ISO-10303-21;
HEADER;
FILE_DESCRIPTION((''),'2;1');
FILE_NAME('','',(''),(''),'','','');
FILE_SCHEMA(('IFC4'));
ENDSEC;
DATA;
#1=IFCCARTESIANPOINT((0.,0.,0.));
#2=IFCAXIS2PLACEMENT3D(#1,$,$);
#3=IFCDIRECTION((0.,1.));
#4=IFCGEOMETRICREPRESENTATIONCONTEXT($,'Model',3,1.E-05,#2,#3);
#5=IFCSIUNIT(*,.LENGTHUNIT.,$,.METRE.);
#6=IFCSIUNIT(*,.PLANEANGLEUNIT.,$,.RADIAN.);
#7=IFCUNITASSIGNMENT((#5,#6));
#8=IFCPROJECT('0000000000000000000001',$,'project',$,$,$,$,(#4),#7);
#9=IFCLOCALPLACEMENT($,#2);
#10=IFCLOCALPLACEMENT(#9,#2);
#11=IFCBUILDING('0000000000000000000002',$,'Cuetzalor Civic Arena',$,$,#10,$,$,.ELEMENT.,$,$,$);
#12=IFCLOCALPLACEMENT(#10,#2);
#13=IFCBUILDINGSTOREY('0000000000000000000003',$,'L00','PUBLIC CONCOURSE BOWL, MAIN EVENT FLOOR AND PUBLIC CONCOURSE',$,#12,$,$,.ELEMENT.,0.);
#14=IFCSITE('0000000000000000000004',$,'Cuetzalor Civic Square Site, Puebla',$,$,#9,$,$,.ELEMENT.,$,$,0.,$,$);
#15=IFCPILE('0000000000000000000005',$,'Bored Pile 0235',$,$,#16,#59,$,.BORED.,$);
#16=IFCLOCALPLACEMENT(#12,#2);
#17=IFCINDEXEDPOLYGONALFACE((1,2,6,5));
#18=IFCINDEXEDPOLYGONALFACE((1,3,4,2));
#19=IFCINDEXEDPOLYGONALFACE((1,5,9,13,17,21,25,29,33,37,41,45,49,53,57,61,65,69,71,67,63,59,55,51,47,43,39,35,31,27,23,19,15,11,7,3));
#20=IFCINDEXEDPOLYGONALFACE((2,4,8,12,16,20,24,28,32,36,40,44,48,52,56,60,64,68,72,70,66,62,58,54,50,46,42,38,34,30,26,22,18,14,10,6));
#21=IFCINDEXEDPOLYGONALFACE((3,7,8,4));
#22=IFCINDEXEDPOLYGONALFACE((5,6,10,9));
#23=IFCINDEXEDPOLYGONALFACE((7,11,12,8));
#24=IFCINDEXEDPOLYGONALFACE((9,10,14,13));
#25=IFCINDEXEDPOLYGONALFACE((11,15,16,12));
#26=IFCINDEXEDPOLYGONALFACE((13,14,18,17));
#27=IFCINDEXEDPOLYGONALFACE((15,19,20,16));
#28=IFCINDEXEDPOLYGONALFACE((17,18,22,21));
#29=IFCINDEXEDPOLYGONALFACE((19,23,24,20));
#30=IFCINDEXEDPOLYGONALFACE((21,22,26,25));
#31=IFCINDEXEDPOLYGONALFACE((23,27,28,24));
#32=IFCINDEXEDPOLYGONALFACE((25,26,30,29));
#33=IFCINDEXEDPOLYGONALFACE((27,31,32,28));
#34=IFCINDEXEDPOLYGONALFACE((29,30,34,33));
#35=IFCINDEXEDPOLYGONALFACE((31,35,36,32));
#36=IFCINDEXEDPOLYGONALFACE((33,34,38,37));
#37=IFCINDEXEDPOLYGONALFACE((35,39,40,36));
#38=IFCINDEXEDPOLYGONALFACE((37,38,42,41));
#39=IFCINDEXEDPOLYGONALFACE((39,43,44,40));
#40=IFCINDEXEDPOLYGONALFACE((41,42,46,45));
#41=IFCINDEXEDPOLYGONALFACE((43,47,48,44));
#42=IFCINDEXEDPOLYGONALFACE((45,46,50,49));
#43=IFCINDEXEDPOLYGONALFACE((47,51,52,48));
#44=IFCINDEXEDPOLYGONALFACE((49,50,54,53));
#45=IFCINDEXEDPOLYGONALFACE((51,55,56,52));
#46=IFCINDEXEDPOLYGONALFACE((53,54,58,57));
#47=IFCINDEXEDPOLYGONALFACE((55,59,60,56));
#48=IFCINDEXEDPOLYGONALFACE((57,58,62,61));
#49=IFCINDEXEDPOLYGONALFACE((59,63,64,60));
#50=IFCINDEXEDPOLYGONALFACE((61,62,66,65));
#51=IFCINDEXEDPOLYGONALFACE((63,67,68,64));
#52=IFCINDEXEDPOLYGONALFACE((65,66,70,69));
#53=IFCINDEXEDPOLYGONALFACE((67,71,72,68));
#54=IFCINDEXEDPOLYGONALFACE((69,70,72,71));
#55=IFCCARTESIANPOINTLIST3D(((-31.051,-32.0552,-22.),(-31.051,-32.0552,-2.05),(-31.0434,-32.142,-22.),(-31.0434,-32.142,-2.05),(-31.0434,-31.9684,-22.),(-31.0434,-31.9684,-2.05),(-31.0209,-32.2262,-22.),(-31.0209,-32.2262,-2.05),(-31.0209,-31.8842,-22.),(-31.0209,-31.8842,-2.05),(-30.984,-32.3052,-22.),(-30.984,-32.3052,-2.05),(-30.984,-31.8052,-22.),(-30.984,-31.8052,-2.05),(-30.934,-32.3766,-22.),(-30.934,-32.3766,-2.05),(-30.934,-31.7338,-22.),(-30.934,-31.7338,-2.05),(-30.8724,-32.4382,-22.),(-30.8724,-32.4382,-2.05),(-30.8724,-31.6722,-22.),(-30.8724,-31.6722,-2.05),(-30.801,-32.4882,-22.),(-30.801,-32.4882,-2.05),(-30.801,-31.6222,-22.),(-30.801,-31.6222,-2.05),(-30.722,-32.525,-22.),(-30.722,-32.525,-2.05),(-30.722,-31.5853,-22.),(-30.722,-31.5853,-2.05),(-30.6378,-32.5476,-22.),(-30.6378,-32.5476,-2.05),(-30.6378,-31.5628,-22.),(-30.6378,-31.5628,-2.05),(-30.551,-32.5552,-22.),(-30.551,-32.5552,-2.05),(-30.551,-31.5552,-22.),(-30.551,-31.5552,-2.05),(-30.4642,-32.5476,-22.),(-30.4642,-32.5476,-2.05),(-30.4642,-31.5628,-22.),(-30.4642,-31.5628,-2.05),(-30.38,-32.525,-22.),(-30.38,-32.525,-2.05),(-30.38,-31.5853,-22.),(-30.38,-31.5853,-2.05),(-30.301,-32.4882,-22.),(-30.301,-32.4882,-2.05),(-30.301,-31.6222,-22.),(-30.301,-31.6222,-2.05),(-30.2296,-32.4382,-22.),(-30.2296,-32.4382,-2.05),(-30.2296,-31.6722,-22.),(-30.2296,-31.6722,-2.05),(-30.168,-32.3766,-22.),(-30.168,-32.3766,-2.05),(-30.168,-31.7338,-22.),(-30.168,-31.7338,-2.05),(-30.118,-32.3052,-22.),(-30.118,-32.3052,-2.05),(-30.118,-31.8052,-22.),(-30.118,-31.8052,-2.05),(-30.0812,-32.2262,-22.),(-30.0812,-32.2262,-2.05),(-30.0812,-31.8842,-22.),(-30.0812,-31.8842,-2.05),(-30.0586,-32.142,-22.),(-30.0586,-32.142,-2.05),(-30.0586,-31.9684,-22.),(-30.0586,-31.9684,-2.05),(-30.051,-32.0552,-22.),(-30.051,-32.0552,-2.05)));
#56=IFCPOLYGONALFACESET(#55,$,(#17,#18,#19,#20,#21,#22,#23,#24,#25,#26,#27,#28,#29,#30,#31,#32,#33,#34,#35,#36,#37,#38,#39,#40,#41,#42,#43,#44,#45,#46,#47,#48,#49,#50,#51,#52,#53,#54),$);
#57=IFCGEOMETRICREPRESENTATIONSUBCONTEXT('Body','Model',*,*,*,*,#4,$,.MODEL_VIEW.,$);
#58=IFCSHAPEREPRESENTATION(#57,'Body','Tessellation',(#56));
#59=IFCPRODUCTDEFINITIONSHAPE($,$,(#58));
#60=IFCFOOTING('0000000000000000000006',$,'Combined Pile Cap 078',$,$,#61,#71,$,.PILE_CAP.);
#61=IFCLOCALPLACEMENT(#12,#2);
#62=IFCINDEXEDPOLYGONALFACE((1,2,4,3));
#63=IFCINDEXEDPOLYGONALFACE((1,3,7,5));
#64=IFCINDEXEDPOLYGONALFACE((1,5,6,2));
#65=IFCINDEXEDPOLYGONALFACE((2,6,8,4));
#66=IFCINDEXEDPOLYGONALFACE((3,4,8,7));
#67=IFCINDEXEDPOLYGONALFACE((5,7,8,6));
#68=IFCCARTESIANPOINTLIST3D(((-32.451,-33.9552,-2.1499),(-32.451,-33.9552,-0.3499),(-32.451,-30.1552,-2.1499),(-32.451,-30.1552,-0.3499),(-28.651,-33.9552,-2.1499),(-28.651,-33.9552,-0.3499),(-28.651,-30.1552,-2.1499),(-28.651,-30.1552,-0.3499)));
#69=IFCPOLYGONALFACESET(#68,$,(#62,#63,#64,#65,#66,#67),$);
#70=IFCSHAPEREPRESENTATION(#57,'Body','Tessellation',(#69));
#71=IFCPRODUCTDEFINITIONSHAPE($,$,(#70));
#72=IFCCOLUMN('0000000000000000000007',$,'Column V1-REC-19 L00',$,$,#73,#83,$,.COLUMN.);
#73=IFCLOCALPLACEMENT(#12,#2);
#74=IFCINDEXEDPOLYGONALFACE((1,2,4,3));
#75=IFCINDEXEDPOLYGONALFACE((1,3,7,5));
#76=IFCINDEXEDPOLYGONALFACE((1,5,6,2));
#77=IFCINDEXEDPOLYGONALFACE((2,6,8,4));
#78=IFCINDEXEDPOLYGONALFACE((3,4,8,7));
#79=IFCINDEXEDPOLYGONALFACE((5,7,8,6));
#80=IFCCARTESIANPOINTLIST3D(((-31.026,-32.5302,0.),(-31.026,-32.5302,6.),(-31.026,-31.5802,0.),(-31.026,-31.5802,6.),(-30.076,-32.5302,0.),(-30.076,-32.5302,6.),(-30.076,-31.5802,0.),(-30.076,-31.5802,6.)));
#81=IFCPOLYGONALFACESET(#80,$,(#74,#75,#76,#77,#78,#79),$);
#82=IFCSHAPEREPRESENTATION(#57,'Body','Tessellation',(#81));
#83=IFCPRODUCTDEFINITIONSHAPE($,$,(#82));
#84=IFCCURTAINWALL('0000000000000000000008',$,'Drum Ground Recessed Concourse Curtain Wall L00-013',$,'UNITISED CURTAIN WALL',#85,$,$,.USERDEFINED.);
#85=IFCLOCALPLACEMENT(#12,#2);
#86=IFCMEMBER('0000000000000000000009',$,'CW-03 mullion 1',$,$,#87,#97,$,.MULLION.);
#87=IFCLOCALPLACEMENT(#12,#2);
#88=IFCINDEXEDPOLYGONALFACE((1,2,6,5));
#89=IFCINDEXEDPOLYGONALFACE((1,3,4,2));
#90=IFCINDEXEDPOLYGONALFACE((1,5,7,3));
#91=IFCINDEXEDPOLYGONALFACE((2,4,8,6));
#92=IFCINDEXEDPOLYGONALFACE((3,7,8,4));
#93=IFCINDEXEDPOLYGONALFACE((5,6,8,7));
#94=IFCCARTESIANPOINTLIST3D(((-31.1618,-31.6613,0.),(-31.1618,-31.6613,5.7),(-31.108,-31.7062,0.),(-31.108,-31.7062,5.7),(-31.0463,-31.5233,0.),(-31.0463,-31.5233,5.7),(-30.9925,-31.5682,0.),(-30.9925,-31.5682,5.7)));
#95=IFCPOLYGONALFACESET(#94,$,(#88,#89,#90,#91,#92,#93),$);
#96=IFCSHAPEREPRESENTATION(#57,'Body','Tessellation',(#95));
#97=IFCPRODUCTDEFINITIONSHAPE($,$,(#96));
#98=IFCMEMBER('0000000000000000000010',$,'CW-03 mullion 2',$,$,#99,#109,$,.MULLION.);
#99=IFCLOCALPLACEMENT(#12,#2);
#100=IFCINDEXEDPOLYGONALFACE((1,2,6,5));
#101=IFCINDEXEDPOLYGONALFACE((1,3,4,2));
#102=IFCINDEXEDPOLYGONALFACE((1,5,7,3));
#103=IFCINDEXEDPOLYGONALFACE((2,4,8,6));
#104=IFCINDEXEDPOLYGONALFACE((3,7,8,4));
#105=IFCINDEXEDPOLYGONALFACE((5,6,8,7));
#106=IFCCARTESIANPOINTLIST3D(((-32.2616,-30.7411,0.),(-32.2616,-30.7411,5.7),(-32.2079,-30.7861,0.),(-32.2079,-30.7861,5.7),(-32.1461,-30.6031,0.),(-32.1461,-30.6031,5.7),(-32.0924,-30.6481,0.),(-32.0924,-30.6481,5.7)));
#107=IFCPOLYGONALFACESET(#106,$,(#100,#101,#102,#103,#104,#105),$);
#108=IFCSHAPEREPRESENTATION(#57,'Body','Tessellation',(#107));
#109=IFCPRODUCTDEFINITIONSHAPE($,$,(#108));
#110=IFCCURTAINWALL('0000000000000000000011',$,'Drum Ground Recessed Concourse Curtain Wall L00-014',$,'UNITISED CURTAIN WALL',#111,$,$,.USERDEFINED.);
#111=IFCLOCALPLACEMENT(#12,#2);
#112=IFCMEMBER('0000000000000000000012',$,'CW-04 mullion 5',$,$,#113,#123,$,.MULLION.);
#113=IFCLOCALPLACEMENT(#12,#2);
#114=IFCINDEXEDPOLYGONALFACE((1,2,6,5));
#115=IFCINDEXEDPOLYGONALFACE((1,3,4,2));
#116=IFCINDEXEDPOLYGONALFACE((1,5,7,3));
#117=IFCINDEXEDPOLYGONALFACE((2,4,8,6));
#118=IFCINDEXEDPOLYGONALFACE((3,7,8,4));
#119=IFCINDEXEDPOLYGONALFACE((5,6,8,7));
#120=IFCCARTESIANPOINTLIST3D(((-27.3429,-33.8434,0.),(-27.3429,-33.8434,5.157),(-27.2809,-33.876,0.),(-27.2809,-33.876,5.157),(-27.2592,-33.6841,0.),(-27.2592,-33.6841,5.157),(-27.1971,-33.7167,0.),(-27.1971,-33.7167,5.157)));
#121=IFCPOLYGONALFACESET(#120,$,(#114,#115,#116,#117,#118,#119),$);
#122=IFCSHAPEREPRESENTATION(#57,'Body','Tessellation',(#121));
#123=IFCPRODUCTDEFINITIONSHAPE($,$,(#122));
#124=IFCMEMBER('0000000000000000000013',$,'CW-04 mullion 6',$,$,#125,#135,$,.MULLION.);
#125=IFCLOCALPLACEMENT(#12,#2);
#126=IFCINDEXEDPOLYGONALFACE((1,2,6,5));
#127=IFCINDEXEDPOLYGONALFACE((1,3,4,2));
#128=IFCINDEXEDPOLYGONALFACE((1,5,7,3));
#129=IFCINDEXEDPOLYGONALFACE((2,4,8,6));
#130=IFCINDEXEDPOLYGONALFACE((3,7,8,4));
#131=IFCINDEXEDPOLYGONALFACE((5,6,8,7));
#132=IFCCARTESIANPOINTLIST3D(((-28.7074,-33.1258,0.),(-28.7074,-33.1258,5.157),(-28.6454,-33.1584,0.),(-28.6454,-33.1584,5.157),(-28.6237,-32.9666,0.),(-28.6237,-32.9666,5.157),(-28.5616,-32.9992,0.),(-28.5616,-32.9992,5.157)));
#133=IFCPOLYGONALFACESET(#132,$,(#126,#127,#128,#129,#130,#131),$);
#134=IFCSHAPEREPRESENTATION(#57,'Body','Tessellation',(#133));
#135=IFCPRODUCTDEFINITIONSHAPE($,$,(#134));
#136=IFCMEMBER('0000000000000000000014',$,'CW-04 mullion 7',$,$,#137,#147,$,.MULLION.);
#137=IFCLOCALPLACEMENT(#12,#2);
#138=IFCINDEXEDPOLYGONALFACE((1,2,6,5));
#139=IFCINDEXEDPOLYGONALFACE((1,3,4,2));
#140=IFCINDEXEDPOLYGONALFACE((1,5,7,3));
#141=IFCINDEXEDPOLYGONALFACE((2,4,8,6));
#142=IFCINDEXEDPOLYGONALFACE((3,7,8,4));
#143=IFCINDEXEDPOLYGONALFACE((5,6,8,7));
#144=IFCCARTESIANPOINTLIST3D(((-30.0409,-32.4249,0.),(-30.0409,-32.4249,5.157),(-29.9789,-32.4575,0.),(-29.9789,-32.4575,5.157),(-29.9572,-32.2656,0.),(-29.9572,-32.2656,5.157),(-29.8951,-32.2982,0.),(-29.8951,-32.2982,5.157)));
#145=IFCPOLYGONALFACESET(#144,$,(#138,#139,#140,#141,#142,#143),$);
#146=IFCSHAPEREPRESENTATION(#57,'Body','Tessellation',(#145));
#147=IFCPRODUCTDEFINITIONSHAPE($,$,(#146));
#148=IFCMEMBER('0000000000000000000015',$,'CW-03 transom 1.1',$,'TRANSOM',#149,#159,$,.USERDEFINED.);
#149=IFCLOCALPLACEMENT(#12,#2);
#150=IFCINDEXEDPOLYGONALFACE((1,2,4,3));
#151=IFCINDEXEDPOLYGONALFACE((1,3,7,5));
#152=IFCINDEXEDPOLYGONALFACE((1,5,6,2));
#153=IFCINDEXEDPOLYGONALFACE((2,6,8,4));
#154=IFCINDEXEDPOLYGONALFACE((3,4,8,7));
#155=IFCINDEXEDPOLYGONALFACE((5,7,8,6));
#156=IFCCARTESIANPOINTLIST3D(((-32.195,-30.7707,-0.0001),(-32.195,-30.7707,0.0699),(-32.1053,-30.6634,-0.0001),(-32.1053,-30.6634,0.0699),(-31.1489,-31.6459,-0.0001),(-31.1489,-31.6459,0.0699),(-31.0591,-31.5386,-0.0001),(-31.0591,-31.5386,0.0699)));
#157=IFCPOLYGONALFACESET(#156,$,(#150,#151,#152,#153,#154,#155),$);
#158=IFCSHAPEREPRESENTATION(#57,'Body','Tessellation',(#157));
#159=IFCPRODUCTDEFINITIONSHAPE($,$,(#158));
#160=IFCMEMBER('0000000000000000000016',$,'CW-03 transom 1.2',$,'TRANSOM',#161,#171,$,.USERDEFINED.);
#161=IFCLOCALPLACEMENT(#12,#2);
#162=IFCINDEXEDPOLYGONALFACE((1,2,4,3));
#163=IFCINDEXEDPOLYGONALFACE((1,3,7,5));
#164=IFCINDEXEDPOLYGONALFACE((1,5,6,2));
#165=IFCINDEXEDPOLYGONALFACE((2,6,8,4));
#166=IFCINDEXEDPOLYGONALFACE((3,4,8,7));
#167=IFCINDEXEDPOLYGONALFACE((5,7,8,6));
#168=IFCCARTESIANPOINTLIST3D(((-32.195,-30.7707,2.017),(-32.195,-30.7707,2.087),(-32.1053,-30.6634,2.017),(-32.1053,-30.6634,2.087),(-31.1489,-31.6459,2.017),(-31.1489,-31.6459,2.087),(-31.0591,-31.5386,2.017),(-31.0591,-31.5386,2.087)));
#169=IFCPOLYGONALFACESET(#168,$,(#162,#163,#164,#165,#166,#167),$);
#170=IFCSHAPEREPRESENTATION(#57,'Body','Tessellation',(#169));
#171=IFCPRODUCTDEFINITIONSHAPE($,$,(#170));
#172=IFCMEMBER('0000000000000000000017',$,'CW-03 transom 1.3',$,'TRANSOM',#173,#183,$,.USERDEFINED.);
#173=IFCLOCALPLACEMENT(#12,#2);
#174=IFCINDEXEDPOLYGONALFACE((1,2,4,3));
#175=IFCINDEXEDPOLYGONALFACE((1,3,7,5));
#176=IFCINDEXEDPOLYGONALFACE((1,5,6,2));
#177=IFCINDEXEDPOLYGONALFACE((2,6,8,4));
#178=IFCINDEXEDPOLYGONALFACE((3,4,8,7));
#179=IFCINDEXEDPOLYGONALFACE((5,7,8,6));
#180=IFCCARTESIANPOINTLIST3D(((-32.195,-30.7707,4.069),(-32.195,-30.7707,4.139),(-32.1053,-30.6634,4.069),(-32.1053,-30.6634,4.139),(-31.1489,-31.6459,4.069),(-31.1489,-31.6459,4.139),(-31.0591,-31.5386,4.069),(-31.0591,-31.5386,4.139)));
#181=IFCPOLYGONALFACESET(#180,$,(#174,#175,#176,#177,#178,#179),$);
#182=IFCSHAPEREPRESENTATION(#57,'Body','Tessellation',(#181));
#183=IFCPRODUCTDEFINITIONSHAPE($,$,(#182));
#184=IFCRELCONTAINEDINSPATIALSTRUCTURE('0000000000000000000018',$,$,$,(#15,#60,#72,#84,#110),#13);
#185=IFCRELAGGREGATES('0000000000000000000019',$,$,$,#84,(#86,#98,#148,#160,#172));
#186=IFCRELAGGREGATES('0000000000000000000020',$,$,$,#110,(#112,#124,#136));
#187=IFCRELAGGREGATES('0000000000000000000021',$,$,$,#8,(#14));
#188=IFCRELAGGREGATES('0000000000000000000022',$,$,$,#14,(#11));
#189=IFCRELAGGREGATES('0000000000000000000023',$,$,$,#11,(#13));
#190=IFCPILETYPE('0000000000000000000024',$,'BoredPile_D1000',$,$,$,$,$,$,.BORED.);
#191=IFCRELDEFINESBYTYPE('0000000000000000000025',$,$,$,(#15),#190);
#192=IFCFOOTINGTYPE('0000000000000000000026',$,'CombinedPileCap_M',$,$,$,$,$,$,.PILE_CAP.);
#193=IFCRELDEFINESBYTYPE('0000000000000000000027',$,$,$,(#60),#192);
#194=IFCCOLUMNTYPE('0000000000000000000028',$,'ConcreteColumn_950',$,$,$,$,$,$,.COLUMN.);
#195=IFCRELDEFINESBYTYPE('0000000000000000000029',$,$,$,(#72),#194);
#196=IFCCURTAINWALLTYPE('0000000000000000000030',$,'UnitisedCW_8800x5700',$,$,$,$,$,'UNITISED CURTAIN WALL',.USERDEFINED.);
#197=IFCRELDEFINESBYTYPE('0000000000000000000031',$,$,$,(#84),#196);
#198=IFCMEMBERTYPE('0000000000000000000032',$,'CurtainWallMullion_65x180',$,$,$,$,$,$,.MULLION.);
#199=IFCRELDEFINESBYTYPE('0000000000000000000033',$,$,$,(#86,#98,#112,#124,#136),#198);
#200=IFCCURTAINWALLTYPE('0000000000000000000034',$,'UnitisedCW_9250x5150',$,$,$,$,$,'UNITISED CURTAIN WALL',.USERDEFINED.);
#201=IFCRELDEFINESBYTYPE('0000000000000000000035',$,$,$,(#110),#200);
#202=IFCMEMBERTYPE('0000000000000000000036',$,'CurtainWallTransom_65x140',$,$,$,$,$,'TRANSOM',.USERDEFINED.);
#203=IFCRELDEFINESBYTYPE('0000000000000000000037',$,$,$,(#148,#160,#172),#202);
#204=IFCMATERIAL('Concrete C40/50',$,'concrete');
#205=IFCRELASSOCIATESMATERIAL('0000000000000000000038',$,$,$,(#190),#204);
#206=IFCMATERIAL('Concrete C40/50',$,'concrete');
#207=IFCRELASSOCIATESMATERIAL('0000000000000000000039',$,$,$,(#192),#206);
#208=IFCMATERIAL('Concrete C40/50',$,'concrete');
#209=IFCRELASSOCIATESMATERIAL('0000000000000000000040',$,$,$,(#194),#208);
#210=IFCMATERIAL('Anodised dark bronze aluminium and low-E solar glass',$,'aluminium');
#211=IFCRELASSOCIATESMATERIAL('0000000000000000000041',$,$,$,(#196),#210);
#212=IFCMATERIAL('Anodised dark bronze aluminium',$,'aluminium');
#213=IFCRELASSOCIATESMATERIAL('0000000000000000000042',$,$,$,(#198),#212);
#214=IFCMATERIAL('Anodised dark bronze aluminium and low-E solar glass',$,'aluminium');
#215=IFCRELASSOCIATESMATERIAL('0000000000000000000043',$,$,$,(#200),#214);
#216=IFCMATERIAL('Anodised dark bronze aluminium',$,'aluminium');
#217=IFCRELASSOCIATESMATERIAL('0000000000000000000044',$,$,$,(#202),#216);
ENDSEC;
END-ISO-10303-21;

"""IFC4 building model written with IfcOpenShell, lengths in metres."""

from ifc_helpers import new_model, si_unit, direction, frame, origin, origin_2d, place, context, subcontext, project, spatial, rectangle, circle, extrude, material, material_profile, profile_set, type_object, element, aggregate, save


model = new_model("IFC4")

# Units and contexts
model_context = context("Model", 3, precision=1e-05, world=origin(), true_north=direction((0.0, 1.0)))
body_context = subcontext(model_context, "Body", "Model", "MODEL_VIEW")
ifc_project = project(units=[si_unit("LENGTHUNIT", "METRE"), si_unit("PLANEANGLEUNIT", "RADIAN")], contexts=[model_context])

# Site, building, storey
site_placement = place(None, origin())
site = spatial("IfcSite", under=ifc_project, at=site_placement, Name="Cuetzalor Civic Square Site, Puebla", CompositionType="ELEMENT", RefElevation=0.0)
building_placement = place(site_placement, origin())
building = spatial("IfcBuilding", under=site, at=building_placement, Name="Cuetzalor Civic Arena", CompositionType="ELEMENT")
storey_placement = place(building_placement, origin())
storey = spatial("IfcBuildingStorey", under=building, at=storey_placement, Name="L00", Description="PUBLIC CONCOURSE BOWL, MAIN EVENT FLOOR AND PUBLIC CONCOURSE", CompositionType="ELEMENT", Elevation=0.0)

# Pile
ifc_material_1 = material(Name="Concrete C40/50", Category="concrete")
ifc_material_profile_1 = material_profile(ifc_material_1, circle(Radius=0.5, at=origin_2d()), Name="BORED PILE D1000")
ifc_profile_set_1 = profile_set([ifc_material_profile_1], Name="Concrete C40/50")
pile_type = type_object("IfcPileType", Name="BoredPile_D1000", PredefinedType="BORED", material=ifc_profile_set_1)
pile_placement = place(storey_placement, frame((-30.551, -32.0552, -2.05), z_axis=(0.0, 0.0, -1.0), x_axis=(1.0, 0.0, 0.0)))
element("IfcPile", 1, at=pile_placement, inside=storey, type_object=pile_type, Name="Bored Pile 0235", PredefinedType="BORED", context=body_context, shape_type="SweptSolid", body=[
    extrude(circle(Radius=0.5, at=origin_2d()), origin(), (0.0, 0.0, 1.0), 19.95),
])

# Footing
ifc_material_2 = material(Name="Concrete C40/50", Category="concrete")
footing_type = type_object("IfcFootingType", Name="CombinedPileCap_M", PredefinedType="PILE_CAP", material=ifc_material_2)
footing_placement = place(storey_placement, frame((-30.551, -32.0552, -2.1499), z_axis=(0.0, 0.0, 1.0), x_axis=(1.0, 0.0, 0.0)))
element("IfcFooting", 2, at=footing_placement, inside=storey, type_object=footing_type, Name="Combined Pile Cap 078", PredefinedType="PILE_CAP", context=body_context, shape_type="SweptSolid", body=[
    extrude(rectangle(XDim=3.8, YDim=3.8, at=origin_2d()), origin(), (0.0, 0.0, 1.0), 1.8),
])

# Column
ifc_material_3 = material(Name="Concrete C40/50", Category="concrete")
ifc_material_profile_2 = material_profile(ifc_material_3, rectangle(XDim=0.95, YDim=0.95, at=origin_2d()), Name="RC 950x950")
ifc_profile_set_2 = profile_set([ifc_material_profile_2], Name="Concrete C40/50")
column_type = type_object("IfcColumnType", Name="ConcreteColumn_950", PredefinedType="COLUMN", material=ifc_profile_set_2)
column_placement = place(storey_placement, frame((-30.551, -32.0552, 0.0), z_axis=(0.0, 0.0, 1.0), x_axis=(1.0, 0.0, 0.0)))
element("IfcColumn", 3, at=column_placement, inside=storey, type_object=column_type, Name="Column V1-REC-19 L00", PredefinedType="COLUMN", context=body_context, shape_type="SweptSolid", body=[
    extrude(rectangle(XDim=0.95, YDim=0.95, at=origin_2d()), origin(), (0.0, 0.0, 1.0), 6.0),
])

# Curtain walls, members
ifc_material_4 = material(Name="Anodised dark bronze aluminium and low-E solar glass", Category="aluminium")
curtain_wall_type_1 = type_object("IfcCurtainWallType", Name="UnitisedCW_8800x5700", ElementType="UNITISED CURTAIN WALL", PredefinedType="USERDEFINED", material=ifc_material_4)
curtain_wall_1_placement = place(storey_placement, origin())
curtain_wall_1 = element("IfcCurtainWall", 4, at=curtain_wall_1_placement, inside=storey, type_object=curtain_wall_type_1, Name="Drum Ground Recessed Concourse Curtain Wall L00-013", ObjectType="UNITISED CURTAIN WALL", PredefinedType="USERDEFINED")
ifc_material_5 = material(Name="Anodised dark bronze aluminium", Category="aluminium")
ifc_material_profile_3 = material_profile(ifc_material_5, rectangle(XDim=0.0701, YDim=0.1799, at=origin_2d()), Name="ALU MULLION 70x180")
ifc_profile_set_3 = profile_set([ifc_material_profile_3], Name="Anodised dark bronze aluminium")
member_type_1 = type_object("IfcMemberType", Name="CurtainWallMullion_65x180", PredefinedType="MULLION", material=ifc_profile_set_3)
member_1_placement = place(storey_placement, frame((-31.0771, -31.6147, 0.0), z_axis=(0.0, 0.0, 1.0), x_axis=(-0.766928, 0.641733, 0.0)))
member_1 = element("IfcMember", 5, at=member_1_placement, type_object=member_type_1, Name="CW-03 mullion 1", PredefinedType="MULLION", context=body_context, shape_type="SweptSolid", body=[
    extrude(rectangle(XDim=0.0701, YDim=0.1799, at=origin_2d()), origin(), (0.0, 0.0, 1.0), 5.7),
])
member_2_placement = place(storey_placement, frame((-32.177, -30.6946, 0.0), z_axis=(0.0, 0.0, 1.0), x_axis=(-0.766928, 0.641733, 0.0)))
member_2 = element("IfcMember", 6, at=member_2_placement, type_object=member_type_1, Name="CW-03 mullion 2", PredefinedType="MULLION", context=body_context, shape_type="SweptSolid", body=[
    extrude(rectangle(XDim=0.0701, YDim=0.1799, at=origin_2d()), origin(), (0.0, 0.0, 1.0), 5.7),
])
ifc_material_6 = material(Name="Anodised dark bronze aluminium and low-E solar glass", Category="aluminium")
curtain_wall_type_2 = type_object("IfcCurtainWallType", Name="UnitisedCW_9250x5150", ElementType="UNITISED CURTAIN WALL", PredefinedType="USERDEFINED", material=ifc_material_6)
curtain_wall_2_placement = place(storey_placement, origin())
curtain_wall_2 = element("IfcCurtainWall", 7, at=curtain_wall_2_placement, inside=storey, type_object=curtain_wall_type_2, Name="Drum Ground Recessed Concourse Curtain Wall L00-014", ObjectType="UNITISED CURTAIN WALL", PredefinedType="USERDEFINED")
member_3_placement = place(storey_placement, frame((-27.27, -33.78, 0.0), z_axis=(0.0, 0.0, 1.0), x_axis=(-0.885118, 0.465366, 0.0)))
member_3 = element("IfcMember", 8, at=member_3_placement, type_object=member_type_1, Name="CW-04 mullion 5", PredefinedType="MULLION", context=body_context, shape_type="SweptSolid", body=[
    extrude(rectangle(XDim=0.0701, YDim=0.1799, at=origin_2d()), origin(), (0.0, 0.0, 1.0), 5.157),
])
member_4_placement = place(storey_placement, frame((-28.6345, -33.0625, 0.0), z_axis=(0.0, 0.0, 1.0), x_axis=(-0.885118, 0.465366, 0.0)))
member_4 = element("IfcMember", 9, at=member_4_placement, type_object=member_type_1, Name="CW-04 mullion 6", PredefinedType="MULLION", context=body_context, shape_type="SweptSolid", body=[
    extrude(rectangle(XDim=0.0701, YDim=0.1799, at=origin_2d()), origin(), (0.0, 0.0, 1.0), 5.157),
])
member_5_placement = place(storey_placement, frame((-29.968, -32.3616, 0.0), z_axis=(0.0, 0.0, 1.0), x_axis=(-0.885118, 0.465366, 0.0)))
member_5 = element("IfcMember", 10, at=member_5_placement, type_object=member_type_1, Name="CW-04 mullion 7", PredefinedType="MULLION", context=body_context, shape_type="SweptSolid", body=[
    extrude(rectangle(XDim=0.0701, YDim=0.1799, at=origin_2d()), origin(), (0.0, 0.0, 1.0), 5.157),
])

# Members
ifc_material_7 = material(Name="Anodised dark bronze aluminium", Category="aluminium")
ifc_material_profile_4 = material_profile(ifc_material_7, rectangle(XDim=0.1399, YDim=0.0701, at=origin_2d()), Name="ALU TRANSOM 70x140")
ifc_profile_set_4 = profile_set([ifc_material_profile_4], Name="Anodised dark bronze aluminium")
member_type_2 = type_object("IfcMemberType", Name="CurtainWallTransom_65x140", ElementType="TRANSOM", PredefinedType="USERDEFINED", material=ifc_profile_set_4)
member_6_placement = place(storey_placement, frame((-31.104, -31.5923, 0.0349), z_axis=(-0.766973, 0.64168, 0.0), x_axis=(-0.64168, -0.766973, 0.0)))
member_6 = element("IfcMember", 11, at=member_6_placement, type_object=member_type_2, Name="CW-03 transom 1.1", ObjectType="TRANSOM", PredefinedType="USERDEFINED", context=body_context, shape_type="SweptSolid", body=[
    extrude(rectangle(XDim=0.1399, YDim=0.0701, at=origin_2d()), origin(), (0.0, 0.0, 1.0), 1.364),
])
member_7_placement = place(storey_placement, frame((-31.104, -31.5923, 2.052), z_axis=(-0.766973, 0.64168, 0.0), x_axis=(-0.64168, -0.766973, 0.0)))
member_7 = element("IfcMember", 12, at=member_7_placement, type_object=member_type_2, Name="CW-03 transom 1.2", ObjectType="TRANSOM", PredefinedType="USERDEFINED", context=body_context, shape_type="SweptSolid", body=[
    extrude(rectangle(XDim=0.1399, YDim=0.0701, at=origin_2d()), origin(), (0.0, 0.0, 1.0), 1.364),
])
member_8_placement = place(storey_placement, frame((-31.104, -31.5923, 4.104), z_axis=(-0.766973, 0.64168, 0.0), x_axis=(-0.64168, -0.766973, 0.0)))
member_8 = element("IfcMember", 13, at=member_8_placement, type_object=member_type_2, Name="CW-03 transom 1.3", ObjectType="TRANSOM", PredefinedType="USERDEFINED", context=body_context, shape_type="SweptSolid", body=[
    extrude(rectangle(XDim=0.1399, YDim=0.0701, at=origin_2d()), origin(), (0.0, 0.0, 1.0), 1.364),
])

aggregate(curtain_wall_1, [member_1, member_2, member_6, member_7, member_8])
aggregate(curtain_wall_2, [member_3, member_4, member_5])

save(model, "model.ifc")
